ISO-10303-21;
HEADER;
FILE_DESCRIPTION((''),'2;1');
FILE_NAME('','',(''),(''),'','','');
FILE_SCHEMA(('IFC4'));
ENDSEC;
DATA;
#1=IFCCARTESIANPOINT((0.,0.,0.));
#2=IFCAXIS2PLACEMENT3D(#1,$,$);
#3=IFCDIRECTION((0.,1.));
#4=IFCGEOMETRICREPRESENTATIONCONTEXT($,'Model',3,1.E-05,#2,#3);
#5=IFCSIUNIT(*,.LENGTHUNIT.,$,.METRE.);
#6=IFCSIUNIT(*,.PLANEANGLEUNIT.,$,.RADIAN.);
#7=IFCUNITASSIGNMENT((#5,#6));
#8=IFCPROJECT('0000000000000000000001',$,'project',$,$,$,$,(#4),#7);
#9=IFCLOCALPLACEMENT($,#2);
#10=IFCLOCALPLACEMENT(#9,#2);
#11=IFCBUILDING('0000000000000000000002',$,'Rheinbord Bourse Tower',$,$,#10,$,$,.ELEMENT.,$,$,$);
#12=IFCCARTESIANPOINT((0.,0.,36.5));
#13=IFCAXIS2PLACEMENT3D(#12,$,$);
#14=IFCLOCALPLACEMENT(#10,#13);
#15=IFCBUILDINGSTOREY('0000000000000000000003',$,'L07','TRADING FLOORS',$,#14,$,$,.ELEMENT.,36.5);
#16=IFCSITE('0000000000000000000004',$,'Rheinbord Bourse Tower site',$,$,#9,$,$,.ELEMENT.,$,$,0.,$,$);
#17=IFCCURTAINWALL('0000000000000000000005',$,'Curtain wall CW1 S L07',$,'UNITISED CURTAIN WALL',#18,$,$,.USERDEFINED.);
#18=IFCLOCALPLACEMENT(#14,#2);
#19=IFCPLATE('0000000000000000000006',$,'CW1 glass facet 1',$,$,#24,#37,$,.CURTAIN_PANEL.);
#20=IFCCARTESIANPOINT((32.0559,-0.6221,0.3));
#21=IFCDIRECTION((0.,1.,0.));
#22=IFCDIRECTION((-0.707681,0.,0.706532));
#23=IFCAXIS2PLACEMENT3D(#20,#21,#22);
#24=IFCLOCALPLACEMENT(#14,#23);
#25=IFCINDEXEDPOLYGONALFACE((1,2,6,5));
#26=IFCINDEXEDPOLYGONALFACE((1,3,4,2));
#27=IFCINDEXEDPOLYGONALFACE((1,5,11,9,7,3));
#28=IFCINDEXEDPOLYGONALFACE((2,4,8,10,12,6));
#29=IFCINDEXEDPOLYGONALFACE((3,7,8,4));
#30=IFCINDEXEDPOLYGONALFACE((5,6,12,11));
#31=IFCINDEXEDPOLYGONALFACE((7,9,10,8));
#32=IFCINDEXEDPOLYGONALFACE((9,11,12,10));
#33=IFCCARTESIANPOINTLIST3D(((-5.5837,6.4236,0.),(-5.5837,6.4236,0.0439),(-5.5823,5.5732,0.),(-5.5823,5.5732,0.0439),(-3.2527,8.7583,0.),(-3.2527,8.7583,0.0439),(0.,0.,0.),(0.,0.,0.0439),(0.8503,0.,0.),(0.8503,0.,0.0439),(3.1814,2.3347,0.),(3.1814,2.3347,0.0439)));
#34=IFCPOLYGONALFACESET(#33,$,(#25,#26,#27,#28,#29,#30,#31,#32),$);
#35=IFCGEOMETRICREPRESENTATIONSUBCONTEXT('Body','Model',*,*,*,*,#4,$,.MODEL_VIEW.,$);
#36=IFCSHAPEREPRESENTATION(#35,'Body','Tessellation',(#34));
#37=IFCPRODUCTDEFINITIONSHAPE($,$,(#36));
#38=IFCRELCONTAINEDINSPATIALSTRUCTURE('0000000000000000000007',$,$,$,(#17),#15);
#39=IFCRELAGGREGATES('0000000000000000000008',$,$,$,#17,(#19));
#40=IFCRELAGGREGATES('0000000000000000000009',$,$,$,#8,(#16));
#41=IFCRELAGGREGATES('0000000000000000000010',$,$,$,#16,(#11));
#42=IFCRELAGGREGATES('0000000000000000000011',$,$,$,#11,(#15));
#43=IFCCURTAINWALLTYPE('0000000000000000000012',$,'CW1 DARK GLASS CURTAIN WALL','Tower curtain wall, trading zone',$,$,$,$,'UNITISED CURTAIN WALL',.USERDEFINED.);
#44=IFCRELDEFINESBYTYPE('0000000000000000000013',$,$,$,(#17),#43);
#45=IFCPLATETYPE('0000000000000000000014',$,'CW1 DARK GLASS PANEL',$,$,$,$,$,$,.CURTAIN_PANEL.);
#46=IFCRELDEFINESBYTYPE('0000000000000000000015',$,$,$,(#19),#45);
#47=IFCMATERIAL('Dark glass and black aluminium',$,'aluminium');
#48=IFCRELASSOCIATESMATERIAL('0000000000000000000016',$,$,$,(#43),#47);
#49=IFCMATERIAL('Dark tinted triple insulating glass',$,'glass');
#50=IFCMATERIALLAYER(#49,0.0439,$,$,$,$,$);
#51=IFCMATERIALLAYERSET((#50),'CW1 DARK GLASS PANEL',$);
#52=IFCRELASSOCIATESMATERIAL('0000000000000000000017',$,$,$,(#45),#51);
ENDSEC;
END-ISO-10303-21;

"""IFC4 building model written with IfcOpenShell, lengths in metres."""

from ifc_helpers import new_model, si_unit, direction, frame, origin, place, context, subcontext, project, spatial, polyline, outline, extrude, material, layer, layer_set, type_object, element, aggregate, save


model = new_model("IFC4")

# Units and contexts
model_context = context("Model", 3, precision=1e-05, world=origin(), true_north=direction((0.0, 1.0)))
body_context = subcontext(model_context, "Body", "Model", "MODEL_VIEW")
ifc_project = project(units=[si_unit("LENGTHUNIT", "METRE"), si_unit("PLANEANGLEUNIT", "RADIAN")], contexts=[model_context])

# Site, building, storey
site_placement = place(None, origin())
site = spatial("IfcSite", under=ifc_project, at=site_placement, Name="Rheinbord Bourse Tower site", CompositionType="ELEMENT", RefElevation=0.0)
building_placement = place(site_placement, origin())
building = spatial("IfcBuilding", under=site, at=building_placement, Name="Rheinbord Bourse Tower", CompositionType="ELEMENT")
storey_placement = place(building_placement, frame((0.0, 0.0, 36.5)))
storey = spatial("IfcBuildingStorey", under=building, at=storey_placement, Name="L07", Description="TRADING FLOORS", CompositionType="ELEMENT", Elevation=36.5)

# Curtain wall
ifc_material_1 = material(Name="Dark glass and black aluminium", Category="aluminium")
curtain_wall_type = type_object("IfcCurtainWallType", Name="CW1 DARK GLASS CURTAIN WALL", Description="Tower curtain wall, trading zone", ElementType="UNITISED CURTAIN WALL", PredefinedType="USERDEFINED", material=ifc_material_1)
curtain_wall_placement = place(storey_placement, origin())
curtain_wall = element("IfcCurtainWall", 1, at=curtain_wall_placement, inside=storey, type_object=curtain_wall_type, Name="Curtain wall CW1 S L07", ObjectType="UNITISED CURTAIN WALL", PredefinedType="USERDEFINED")

# Plate
ifc_material_2 = material(Name="Dark tinted triple insulating glass", Category="glass")
ifc_layer = layer(ifc_material_2, 0.0439)
ifc_layer_set = layer_set([ifc_layer], Name="CW1 DARK GLASS PANEL")
plate_type = type_object("IfcPlateType", Name="CW1 DARK GLASS PANEL", PredefinedType="CURTAIN_PANEL", material=ifc_layer_set)
plate_1_placement = place(storey_placement, frame((32.0559, -0.6221, 0.3), z_axis=(0.0, 1.0, 0.0), x_axis=(-0.707681, 0.0, 0.706532)))
plate_1 = element("IfcPlate", 2, at=plate_1_placement, type_object=plate_type, Name="CW1 glass facet 1", PredefinedType="CURTAIN_PANEL", context=body_context, shape_type="SweptSolid", body=[
    extrude(outline(polyline([(0.0, 0.0), (0.8503, 0.0), (3.1814, 2.3347), (-3.2527, 8.7583), (-5.5837, 6.4236), (-5.5823, 5.5732), (0.0, 0.0)])), origin(), (0.0, 0.0, 1.0), 0.0439),
])
aggregate(curtain_wall, [plate_1])

save(model, "model.ifc")
